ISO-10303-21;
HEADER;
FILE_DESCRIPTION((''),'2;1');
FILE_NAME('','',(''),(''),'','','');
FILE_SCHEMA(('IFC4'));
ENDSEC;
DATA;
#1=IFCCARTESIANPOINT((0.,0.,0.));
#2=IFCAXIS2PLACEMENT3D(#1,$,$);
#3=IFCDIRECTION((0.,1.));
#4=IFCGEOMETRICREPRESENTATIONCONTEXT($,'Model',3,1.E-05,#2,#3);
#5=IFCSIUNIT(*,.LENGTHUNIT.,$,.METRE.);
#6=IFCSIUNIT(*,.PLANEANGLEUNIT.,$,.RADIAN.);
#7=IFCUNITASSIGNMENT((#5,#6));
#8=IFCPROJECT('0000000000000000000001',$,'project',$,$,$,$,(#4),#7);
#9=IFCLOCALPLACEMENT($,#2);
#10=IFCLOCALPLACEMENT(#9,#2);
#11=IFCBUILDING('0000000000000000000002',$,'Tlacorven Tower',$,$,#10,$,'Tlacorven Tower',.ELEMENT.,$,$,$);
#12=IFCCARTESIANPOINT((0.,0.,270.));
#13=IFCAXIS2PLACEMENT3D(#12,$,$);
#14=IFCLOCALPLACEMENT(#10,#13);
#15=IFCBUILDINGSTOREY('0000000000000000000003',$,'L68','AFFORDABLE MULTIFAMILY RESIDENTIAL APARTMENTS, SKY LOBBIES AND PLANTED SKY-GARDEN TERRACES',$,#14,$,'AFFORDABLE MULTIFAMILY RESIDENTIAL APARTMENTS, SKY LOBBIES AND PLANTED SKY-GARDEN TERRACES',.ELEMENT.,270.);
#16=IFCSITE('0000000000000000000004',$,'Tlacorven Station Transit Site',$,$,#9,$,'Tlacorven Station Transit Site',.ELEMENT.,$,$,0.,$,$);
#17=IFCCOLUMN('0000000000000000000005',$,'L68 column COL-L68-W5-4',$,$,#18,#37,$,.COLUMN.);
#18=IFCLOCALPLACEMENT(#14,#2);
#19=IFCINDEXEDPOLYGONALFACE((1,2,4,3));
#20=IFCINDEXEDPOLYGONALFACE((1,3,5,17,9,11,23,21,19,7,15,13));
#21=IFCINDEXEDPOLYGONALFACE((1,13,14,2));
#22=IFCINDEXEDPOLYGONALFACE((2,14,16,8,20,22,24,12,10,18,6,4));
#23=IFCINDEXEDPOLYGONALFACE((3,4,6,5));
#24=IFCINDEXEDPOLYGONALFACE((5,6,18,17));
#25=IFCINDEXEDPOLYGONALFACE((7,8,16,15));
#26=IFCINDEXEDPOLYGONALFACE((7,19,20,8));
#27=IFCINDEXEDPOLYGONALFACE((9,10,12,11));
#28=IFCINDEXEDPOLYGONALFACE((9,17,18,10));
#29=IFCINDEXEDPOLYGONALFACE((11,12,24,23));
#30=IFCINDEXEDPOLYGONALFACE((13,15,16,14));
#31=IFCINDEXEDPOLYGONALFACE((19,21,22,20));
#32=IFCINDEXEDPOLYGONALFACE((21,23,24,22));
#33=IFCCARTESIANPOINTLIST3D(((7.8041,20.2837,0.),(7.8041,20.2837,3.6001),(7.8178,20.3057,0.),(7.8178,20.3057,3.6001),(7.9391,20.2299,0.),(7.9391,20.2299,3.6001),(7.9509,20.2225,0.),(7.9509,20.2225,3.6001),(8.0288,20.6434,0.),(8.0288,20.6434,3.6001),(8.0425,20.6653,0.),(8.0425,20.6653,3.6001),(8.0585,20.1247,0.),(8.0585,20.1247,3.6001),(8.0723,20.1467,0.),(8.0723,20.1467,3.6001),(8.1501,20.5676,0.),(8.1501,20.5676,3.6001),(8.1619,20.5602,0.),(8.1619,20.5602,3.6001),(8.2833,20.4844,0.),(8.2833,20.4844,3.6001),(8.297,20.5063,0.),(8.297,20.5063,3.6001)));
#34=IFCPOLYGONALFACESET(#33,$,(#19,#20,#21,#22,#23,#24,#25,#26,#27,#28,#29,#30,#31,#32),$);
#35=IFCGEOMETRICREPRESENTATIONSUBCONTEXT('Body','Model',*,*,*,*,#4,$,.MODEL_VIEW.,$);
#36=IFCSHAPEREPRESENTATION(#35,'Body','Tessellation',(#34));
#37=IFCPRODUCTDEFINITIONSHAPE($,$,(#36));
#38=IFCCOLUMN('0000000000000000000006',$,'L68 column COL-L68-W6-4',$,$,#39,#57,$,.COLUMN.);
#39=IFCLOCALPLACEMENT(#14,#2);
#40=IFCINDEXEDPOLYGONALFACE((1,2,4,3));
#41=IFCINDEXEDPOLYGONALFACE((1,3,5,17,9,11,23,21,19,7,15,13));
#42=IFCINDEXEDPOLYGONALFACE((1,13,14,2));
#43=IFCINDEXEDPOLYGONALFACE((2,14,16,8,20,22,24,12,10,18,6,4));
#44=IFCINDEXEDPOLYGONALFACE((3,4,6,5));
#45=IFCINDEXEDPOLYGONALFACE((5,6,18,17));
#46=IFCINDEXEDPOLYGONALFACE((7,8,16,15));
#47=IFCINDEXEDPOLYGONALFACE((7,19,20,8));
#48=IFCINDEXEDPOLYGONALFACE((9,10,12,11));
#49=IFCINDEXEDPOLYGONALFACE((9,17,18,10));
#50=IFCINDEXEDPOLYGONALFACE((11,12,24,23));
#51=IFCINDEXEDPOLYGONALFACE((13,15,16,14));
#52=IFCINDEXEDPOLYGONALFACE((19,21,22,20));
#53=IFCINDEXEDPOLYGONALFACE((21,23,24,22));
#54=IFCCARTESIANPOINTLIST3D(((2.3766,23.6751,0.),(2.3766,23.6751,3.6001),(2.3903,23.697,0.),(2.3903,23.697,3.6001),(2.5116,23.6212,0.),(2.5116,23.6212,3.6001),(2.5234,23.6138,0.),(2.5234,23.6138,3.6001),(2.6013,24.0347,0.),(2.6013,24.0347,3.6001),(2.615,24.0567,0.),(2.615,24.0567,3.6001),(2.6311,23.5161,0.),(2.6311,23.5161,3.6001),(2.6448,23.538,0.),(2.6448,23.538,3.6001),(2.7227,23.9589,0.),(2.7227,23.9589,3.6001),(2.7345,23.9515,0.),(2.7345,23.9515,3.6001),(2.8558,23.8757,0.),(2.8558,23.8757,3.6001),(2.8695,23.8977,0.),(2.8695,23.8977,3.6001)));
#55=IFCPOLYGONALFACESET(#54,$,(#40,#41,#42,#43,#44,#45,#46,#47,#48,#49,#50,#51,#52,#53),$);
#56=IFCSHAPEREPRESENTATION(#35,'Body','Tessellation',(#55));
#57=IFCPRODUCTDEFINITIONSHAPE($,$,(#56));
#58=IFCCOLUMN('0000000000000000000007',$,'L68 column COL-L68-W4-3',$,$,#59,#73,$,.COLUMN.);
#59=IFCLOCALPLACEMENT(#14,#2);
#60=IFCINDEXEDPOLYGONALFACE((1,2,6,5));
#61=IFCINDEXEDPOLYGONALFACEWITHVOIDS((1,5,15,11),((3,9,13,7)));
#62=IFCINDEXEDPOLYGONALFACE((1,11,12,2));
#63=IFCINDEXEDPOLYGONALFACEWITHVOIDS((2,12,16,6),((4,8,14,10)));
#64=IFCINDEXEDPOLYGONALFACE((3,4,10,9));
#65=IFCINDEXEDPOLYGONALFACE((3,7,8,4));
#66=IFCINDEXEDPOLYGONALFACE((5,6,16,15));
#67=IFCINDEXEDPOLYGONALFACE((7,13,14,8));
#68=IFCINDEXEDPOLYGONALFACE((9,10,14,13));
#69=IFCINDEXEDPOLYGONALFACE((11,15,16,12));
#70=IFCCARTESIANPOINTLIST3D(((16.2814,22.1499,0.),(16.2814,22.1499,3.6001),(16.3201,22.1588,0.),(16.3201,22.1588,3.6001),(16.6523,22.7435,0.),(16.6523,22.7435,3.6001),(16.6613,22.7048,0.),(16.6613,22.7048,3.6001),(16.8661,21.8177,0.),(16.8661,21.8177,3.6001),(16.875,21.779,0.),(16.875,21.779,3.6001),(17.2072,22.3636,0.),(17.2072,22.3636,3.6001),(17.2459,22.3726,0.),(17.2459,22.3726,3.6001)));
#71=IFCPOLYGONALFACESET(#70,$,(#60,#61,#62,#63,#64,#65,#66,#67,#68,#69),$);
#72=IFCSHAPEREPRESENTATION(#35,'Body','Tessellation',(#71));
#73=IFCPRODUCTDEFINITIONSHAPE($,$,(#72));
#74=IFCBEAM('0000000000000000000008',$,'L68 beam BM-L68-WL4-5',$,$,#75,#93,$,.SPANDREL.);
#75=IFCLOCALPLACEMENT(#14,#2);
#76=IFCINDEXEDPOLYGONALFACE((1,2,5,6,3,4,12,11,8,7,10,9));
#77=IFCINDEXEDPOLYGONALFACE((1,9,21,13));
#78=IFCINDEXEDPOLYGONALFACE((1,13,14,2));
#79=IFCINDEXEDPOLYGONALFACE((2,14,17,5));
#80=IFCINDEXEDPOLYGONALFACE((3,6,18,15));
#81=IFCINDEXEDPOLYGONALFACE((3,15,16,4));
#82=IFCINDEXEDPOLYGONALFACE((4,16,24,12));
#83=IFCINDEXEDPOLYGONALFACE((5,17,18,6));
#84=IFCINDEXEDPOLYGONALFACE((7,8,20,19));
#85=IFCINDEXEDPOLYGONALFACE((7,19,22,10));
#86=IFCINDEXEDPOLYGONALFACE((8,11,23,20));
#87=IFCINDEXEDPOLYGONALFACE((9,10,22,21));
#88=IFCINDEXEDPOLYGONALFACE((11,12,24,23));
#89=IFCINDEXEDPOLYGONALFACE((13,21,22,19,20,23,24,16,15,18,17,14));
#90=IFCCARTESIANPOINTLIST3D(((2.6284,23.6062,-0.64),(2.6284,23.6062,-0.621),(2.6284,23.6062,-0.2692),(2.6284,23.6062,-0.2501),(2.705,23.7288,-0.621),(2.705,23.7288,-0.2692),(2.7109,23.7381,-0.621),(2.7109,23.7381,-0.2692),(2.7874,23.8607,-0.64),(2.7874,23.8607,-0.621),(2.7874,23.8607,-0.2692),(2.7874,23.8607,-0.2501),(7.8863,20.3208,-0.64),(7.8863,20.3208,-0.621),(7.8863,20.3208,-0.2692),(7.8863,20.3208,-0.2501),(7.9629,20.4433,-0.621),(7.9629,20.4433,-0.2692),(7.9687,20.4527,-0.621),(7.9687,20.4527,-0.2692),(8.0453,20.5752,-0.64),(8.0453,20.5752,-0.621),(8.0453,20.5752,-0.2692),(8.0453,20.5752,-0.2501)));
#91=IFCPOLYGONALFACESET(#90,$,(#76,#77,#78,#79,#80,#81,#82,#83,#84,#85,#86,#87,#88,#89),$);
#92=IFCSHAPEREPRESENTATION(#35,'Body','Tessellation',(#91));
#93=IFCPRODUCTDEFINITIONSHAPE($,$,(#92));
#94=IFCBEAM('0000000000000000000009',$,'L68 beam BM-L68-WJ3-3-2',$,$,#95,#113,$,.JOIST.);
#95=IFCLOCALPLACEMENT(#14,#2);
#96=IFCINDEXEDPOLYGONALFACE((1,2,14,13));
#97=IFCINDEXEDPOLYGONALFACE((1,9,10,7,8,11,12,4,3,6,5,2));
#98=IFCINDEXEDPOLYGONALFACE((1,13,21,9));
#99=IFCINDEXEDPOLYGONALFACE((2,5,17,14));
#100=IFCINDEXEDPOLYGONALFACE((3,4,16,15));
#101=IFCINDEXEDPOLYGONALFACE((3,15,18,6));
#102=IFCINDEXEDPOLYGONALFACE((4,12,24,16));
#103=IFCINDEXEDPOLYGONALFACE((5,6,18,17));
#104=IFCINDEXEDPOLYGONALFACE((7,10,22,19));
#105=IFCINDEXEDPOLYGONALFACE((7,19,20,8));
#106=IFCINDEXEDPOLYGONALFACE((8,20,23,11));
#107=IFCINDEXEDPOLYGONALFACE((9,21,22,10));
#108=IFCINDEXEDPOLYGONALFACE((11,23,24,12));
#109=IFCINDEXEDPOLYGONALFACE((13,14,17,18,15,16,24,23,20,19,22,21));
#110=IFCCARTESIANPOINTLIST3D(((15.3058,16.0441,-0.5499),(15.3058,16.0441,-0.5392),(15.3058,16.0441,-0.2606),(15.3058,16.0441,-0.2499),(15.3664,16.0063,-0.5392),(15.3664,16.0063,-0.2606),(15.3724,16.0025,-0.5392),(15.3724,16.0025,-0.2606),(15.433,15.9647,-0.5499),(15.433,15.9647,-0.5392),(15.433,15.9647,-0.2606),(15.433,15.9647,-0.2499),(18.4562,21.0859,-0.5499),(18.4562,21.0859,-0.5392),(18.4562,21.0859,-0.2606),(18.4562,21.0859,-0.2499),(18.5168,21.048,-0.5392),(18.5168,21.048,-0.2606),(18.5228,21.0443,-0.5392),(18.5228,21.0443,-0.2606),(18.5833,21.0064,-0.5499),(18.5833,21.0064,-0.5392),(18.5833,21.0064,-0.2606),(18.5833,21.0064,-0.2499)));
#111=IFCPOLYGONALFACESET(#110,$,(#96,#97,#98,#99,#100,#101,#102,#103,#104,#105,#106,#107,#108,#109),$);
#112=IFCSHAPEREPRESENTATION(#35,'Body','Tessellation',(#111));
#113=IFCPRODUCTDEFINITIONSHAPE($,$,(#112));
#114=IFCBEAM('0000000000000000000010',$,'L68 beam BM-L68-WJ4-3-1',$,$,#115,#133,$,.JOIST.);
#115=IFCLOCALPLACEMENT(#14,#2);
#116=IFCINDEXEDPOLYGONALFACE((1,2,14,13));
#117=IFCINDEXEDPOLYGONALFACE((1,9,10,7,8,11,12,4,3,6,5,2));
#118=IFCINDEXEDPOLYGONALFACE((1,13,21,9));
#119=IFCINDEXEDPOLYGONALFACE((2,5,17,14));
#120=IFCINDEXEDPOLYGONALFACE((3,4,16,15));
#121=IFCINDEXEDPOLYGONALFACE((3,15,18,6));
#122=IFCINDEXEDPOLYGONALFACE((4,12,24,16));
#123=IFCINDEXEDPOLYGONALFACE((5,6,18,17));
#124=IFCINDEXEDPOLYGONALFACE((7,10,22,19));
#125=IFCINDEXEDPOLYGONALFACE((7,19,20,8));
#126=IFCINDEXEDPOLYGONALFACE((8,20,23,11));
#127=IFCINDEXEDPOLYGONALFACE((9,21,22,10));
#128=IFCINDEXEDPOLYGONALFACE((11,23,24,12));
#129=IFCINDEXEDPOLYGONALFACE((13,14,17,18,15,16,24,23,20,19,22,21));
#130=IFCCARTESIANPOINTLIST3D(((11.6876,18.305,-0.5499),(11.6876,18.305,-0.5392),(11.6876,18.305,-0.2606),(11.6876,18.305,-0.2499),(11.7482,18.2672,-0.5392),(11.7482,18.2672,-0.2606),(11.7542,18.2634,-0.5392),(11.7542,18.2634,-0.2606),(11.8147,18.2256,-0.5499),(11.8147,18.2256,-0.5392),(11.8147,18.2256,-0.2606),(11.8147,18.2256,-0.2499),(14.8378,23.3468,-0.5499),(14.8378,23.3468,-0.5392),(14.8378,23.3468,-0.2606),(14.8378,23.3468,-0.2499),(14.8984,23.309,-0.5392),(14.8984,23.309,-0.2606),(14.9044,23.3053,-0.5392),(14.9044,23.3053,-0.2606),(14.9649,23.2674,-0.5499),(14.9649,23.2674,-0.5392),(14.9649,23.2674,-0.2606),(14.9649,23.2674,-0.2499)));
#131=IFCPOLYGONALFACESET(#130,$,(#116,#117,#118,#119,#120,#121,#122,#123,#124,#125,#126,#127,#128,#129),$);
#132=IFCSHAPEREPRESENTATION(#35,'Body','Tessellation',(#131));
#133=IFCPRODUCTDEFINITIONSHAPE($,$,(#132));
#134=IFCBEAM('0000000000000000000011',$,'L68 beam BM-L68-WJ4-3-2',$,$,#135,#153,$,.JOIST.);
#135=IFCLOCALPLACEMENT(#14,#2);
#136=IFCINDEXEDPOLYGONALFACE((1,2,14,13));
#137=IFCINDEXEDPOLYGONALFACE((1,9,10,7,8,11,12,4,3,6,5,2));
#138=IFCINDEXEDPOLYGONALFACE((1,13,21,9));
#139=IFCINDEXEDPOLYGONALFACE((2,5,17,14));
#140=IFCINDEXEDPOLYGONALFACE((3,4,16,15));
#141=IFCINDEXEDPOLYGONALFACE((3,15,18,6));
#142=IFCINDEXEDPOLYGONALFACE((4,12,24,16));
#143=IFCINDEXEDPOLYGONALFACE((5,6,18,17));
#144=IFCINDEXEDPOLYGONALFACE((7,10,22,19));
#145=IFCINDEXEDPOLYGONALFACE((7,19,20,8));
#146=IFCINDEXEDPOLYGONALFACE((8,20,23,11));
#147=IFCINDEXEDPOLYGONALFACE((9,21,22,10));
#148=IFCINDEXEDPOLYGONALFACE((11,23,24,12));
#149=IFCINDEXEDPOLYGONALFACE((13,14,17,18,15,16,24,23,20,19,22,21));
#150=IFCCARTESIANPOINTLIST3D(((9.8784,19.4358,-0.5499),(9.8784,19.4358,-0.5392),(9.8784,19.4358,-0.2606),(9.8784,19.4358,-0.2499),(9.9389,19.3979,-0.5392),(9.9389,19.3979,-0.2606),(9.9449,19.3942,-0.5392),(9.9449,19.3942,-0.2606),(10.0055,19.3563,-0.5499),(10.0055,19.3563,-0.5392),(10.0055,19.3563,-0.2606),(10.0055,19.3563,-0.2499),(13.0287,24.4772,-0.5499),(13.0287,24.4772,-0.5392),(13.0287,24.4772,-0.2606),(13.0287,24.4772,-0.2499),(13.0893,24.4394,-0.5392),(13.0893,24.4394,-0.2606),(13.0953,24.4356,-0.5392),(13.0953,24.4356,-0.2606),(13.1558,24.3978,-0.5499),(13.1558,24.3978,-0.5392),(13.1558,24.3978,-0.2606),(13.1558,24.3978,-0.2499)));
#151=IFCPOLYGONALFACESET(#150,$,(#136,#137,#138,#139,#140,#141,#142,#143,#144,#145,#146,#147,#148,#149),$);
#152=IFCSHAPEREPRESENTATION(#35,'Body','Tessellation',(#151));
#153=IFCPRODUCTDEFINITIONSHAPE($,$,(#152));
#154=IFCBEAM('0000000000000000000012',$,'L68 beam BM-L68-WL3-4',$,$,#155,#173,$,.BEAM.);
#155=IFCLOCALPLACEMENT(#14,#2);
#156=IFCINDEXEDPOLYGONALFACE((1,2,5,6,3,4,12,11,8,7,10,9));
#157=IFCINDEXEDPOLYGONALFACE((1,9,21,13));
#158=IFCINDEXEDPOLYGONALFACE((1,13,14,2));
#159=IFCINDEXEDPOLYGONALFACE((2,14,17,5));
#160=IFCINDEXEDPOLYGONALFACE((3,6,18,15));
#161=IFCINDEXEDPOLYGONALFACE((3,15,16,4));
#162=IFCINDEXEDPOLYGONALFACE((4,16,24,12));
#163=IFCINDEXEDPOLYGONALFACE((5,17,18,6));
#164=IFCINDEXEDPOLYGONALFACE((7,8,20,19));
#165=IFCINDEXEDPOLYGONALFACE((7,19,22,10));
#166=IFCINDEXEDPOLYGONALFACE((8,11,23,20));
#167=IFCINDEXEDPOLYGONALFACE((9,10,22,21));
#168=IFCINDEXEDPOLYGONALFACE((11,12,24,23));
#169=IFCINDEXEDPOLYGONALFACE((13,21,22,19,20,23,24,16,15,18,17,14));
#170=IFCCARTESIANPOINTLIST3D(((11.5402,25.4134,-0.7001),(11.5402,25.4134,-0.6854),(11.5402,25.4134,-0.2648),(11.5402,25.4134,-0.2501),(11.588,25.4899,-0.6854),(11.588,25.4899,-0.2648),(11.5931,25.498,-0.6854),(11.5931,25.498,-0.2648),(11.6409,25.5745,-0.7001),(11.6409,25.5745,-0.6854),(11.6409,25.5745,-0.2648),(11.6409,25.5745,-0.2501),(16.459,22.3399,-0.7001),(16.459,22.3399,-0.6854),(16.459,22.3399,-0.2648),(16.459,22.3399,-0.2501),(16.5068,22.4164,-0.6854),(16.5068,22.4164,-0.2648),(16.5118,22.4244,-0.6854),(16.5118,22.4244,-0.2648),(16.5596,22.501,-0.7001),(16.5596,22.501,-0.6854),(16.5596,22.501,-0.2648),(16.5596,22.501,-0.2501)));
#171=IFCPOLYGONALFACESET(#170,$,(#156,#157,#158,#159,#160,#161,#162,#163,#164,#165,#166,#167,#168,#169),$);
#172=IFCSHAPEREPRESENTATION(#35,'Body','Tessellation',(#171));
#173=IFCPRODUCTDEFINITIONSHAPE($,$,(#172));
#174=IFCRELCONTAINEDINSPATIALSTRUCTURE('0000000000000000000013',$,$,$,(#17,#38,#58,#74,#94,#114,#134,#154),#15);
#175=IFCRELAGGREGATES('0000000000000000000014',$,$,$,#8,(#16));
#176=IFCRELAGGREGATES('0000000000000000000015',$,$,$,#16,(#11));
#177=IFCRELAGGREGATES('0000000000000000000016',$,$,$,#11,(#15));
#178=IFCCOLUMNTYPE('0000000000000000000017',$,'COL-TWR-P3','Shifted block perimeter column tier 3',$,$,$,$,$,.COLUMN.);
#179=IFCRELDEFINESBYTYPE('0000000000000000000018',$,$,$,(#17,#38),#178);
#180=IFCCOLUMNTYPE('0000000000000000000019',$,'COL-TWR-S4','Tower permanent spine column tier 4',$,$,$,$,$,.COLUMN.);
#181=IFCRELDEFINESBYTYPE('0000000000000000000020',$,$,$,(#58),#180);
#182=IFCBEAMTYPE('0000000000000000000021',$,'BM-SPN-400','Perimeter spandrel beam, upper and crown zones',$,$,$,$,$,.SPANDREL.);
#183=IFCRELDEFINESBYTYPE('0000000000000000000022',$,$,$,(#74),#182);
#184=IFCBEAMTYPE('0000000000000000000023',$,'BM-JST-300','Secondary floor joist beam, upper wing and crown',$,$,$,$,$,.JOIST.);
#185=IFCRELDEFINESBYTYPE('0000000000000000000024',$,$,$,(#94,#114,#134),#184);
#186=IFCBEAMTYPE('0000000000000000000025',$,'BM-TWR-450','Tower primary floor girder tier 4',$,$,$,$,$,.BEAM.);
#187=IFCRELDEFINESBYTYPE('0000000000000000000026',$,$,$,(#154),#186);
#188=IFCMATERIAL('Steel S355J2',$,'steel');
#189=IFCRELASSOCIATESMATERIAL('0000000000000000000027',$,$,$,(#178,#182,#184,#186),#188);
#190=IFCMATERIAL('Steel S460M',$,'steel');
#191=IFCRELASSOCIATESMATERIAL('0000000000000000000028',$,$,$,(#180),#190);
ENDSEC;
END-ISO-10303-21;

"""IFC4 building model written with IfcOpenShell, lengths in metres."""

from ifc_helpers import new_model, si_unit, direction, frame, origin, origin_2d, place, context, subcontext, project, spatial, hollow_rectangle, i_section, extrude, source, transform, mapped, material, material_profile, profile_set, type_object, element, save


model = new_model("IFC4")

# Units and contexts
model_context = context("Model", 3, precision=1e-05, world=origin(), true_north=direction((0.0, 1.0)))
body_context = subcontext(model_context, "Body", "Model", "MODEL_VIEW")
ifc_project = project(units=[si_unit("LENGTHUNIT", "METRE"), si_unit("PLANEANGLEUNIT", "RADIAN")], contexts=[model_context])

# Site, building, storey
site_placement = place(None, origin())
site = spatial("IfcSite", under=ifc_project, at=site_placement, Name="Tlacorven Station Transit Site", LongName="Tlacorven Station Transit Site", CompositionType="ELEMENT", RefElevation=0.0)
building_placement = place(site_placement, origin())
building = spatial("IfcBuilding", under=site, at=building_placement, Name="Tlacorven Tower", LongName="Tlacorven Tower", CompositionType="ELEMENT")
storey_placement = place(building_placement, frame((0.0, 0.0, 270.0)))
storey = spatial("IfcBuildingStorey", under=building, at=storey_placement, Name="L68", Description="AFFORDABLE MULTIFAMILY RESIDENTIAL APARTMENTS, SKY LOBBIES AND PLANTED SKY-GARDEN TERRACES", LongName="AFFORDABLE MULTIFAMILY RESIDENTIAL APARTMENTS, SKY LOBBIES AND PLANTED SKY-GARDEN TERRACES", CompositionType="ELEMENT", Elevation=270.0)

# Columns
ifc_material_1 = material(Name="Steel S355J2", Category="steel")
ifc_material_profile_1 = material_profile(ifc_material_1, i_section(OverallWidth=0.3, OverallDepth=0.45, WebThickness=0.0139, FlangeThickness=0.0259, at=origin_2d()), Name="HEB 450")
ifc_profile_set_1 = profile_set([ifc_material_profile_1], Name="Steel S355J2")
column_type_1 = type_object("IfcColumnType", Name="COL-TWR-P3", Description="Shifted block perimeter column tier 3", PredefinedType="COLUMN", material=ifc_profile_set_1)
shared_shape_1 = source(origin(), body_context, "Body", "SweptSolid", [
    extrude(i_section(OverallWidth=0.3, OverallDepth=0.45, WebThickness=0.0139, FlangeThickness=0.0259, at=origin_2d()), origin(), (0.0, 0.0, 1.0), 3.6001),
])
for number, where, z_axis, x_axis, name in (
    (1, (8.0505, 20.395, 0.0), (0.0, 0.0, 1.0), (-0.848048, 0.529919, 0.0), "L68 column COL-L68-W5-4"),
    (2, (2.623, 23.7864, 0.0), (0.0, 0.0, 1.0), (-0.848048, 0.529919, 0.0), "L68 column COL-L68-W6-4"),
):
    element("IfcColumn", number, at=place(storey_placement, frame(where, z_axis=z_axis, x_axis=x_axis)), inside=storey, type_object=column_type_1, Name=name, PredefinedType="COLUMN", context=body_context, shape_type="MappedRepresentation", body=[
        mapped(shared_shape_1, transform((0.0, 0.0, 0.0), scale=1.0)),
    ])
ifc_material_2 = material(Name="Steel S460M", Category="steel")
ifc_material_profile_2 = material_profile(ifc_material_2, hollow_rectangle(XDim=0.7, YDim=0.7, WallThickness=0.0281, at=origin_2d()), Name="BOX 700X700X28")
ifc_profile_set_2 = profile_set([ifc_material_profile_2], Name="Steel S460M")
column_type_2 = type_object("IfcColumnType", Name="COL-TWR-S4", Description="Tower permanent spine column tier 4", PredefinedType="COLUMN", material=ifc_profile_set_2)
shared_shape_2 = source(origin(), body_context, "Body", "SweptSolid", [
    extrude(hollow_rectangle(XDim=0.7, YDim=0.7, WallThickness=0.0281, at=origin_2d()), origin(), (0.0, 0.0, 1.0), 3.6001),
])
column_placement = place(storey_placement, frame((16.7637, 22.2612, 0.0), z_axis=(0.0, 0.0, 1.0), x_axis=(-0.848048, 0.529919, 0.0)))
element("IfcColumn", 3, at=column_placement, inside=storey, type_object=column_type_2, Name="L68 column COL-L68-W4-3", PredefinedType="COLUMN", context=body_context, shape_type="MappedRepresentation", body=[
    mapped(shared_shape_2, transform((0.0, 0.0, 0.0), scale=1.0)),
])

# Beams
ifc_material_profile_3 = material_profile(ifc_material_1, i_section(OverallWidth=0.3, OverallDepth=0.3899, WebThickness=0.011, FlangeThickness=0.019, at=origin_2d()), Name="HEA 400")
ifc_profile_set_3 = profile_set([ifc_material_profile_3], Name="Steel S355J2")
beam_type_1 = type_object("IfcBeamType", Name="BM-SPN-400", Description="Perimeter spandrel beam, upper and crown zones", PredefinedType="SPANDREL", material=ifc_profile_set_3)
shared_shape_3 = source(origin(), body_context, "Body", "SweptSolid", [
    extrude(i_section(OverallWidth=0.3, OverallDepth=0.3899, WebThickness=0.011, FlangeThickness=0.019, at=origin_2d()), origin(), (0.0, 0.0, 1.0), 6.2),
])
beam_1_placement = place(storey_placement, frame((7.9658, 20.448, -0.4451), z_axis=(-0.848051, 0.529914, 0.0), x_axis=(-0.529914, -0.848051, 0.0)))
element("IfcBeam", 4, at=beam_1_placement, inside=storey, type_object=beam_type_1, Name="L68 beam BM-L68-WL4-5", PredefinedType="SPANDREL", context=body_context, shape_type="MappedRepresentation", body=[
    mapped(shared_shape_3, transform((0.0, 0.0, 0.0), scale=1.0)),
])
ifc_material_profile_4 = material_profile(ifc_material_1, i_section(OverallWidth=0.1499, OverallDepth=0.3, WebThickness=0.0071, FlangeThickness=0.0107, at=origin_2d()), Name="IPE 300")
ifc_profile_set_4 = profile_set([ifc_material_profile_4], Name="Steel S355J2")
beam_type_2 = type_object("IfcBeamType", Name="BM-JST-300", Description="Secondary floor joist beam, upper wing and crown", PredefinedType="JOIST", material=ifc_profile_set_4)
shared_shape_4 = source(origin(), body_context, "Body", "SweptSolid", [
    extrude(i_section(OverallWidth=0.1499, OverallDepth=0.3, WebThickness=0.0071, FlangeThickness=0.0107, at=origin_2d()), origin(), (0.0, 0.0, 1.0), 5.9451),
])
for number, where, z_axis, x_axis, name in (
    (5, (18.5198, 21.0461, -0.3999), (-0.529914, -0.848051, 0.0), (0.848051, -0.529914, 0.0), "L68 beam BM-L68-WJ3-3-2"),
    (6, (14.9014, 23.3071, -0.3999), (-0.529885, -0.84807, 0.0), (0.84807, -0.529885, 0.0), "L68 beam BM-L68-WJ4-3-1"),
):
    element("IfcBeam", number, at=place(storey_placement, frame(where, z_axis=z_axis, x_axis=x_axis)), inside=storey, type_object=beam_type_2, Name=name, PredefinedType="JOIST", context=body_context, shape_type="MappedRepresentation", body=[
        mapped(shared_shape_4, transform((0.0, 0.0, 0.0), scale=1.0)),
    ])
shared_shape_5 = source(origin(), body_context, "Body", "SweptSolid", [
    extrude(i_section(OverallWidth=0.1499, OverallDepth=0.3, WebThickness=0.0071, FlangeThickness=0.0107, at=origin_2d()), origin(), (0.0, 0.0, 1.0), 5.9448),
])
beam_2_placement = place(storey_placement, frame((13.0923, 24.4375, -0.3999), z_axis=(-0.529932, -0.84804, 0.0), x_axis=(0.84804, -0.529932, 0.0)))
element("IfcBeam", 7, at=beam_2_placement, inside=storey, type_object=beam_type_2, Name="L68 beam BM-L68-WJ4-3-2", PredefinedType="JOIST", context=body_context, shape_type="MappedRepresentation", body=[
    mapped(shared_shape_5, transform((0.0, 0.0, 0.0), scale=1.0)),
])
ifc_material_profile_5 = material_profile(ifc_material_1, i_section(OverallWidth=0.1899, OverallDepth=0.45, WebThickness=0.0095, FlangeThickness=0.0146, at=origin_2d()), Name="IPE 450")
ifc_profile_set_5 = profile_set([ifc_material_profile_5], Name="Steel S355J2")
beam_type_3 = type_object("IfcBeamType", Name="BM-TWR-450", Description="Tower primary floor girder tier 4", PredefinedType="BEAM", material=ifc_profile_set_5)
shared_shape_6 = source(origin(), body_context, "Body", "SweptSolid", [
    extrude(i_section(OverallWidth=0.1899, OverallDepth=0.45, WebThickness=0.0095, FlangeThickness=0.0146, at=origin_2d()), origin(), (0.0, 0.0, 1.0), 5.8),
])
for number, where, z_axis, x_axis, name in (
    (8, (16.5093, 22.4204, -0.4751), (-0.848053, 0.529912, 0.0), (-0.529912, -0.848053, 0.0), "L68 beam BM-L68-WL3-4"),
):
    element("IfcBeam", number, at=place(storey_placement, frame(where, z_axis=z_axis, x_axis=x_axis)), inside=storey, type_object=beam_type_3, Name=name, PredefinedType="BEAM", context=body_context, shape_type="MappedRepresentation", body=[
        mapped(shared_shape_6, transform((0.0, 0.0, 0.0), scale=1.0)),
    ])

save(model, "model.ifc")
